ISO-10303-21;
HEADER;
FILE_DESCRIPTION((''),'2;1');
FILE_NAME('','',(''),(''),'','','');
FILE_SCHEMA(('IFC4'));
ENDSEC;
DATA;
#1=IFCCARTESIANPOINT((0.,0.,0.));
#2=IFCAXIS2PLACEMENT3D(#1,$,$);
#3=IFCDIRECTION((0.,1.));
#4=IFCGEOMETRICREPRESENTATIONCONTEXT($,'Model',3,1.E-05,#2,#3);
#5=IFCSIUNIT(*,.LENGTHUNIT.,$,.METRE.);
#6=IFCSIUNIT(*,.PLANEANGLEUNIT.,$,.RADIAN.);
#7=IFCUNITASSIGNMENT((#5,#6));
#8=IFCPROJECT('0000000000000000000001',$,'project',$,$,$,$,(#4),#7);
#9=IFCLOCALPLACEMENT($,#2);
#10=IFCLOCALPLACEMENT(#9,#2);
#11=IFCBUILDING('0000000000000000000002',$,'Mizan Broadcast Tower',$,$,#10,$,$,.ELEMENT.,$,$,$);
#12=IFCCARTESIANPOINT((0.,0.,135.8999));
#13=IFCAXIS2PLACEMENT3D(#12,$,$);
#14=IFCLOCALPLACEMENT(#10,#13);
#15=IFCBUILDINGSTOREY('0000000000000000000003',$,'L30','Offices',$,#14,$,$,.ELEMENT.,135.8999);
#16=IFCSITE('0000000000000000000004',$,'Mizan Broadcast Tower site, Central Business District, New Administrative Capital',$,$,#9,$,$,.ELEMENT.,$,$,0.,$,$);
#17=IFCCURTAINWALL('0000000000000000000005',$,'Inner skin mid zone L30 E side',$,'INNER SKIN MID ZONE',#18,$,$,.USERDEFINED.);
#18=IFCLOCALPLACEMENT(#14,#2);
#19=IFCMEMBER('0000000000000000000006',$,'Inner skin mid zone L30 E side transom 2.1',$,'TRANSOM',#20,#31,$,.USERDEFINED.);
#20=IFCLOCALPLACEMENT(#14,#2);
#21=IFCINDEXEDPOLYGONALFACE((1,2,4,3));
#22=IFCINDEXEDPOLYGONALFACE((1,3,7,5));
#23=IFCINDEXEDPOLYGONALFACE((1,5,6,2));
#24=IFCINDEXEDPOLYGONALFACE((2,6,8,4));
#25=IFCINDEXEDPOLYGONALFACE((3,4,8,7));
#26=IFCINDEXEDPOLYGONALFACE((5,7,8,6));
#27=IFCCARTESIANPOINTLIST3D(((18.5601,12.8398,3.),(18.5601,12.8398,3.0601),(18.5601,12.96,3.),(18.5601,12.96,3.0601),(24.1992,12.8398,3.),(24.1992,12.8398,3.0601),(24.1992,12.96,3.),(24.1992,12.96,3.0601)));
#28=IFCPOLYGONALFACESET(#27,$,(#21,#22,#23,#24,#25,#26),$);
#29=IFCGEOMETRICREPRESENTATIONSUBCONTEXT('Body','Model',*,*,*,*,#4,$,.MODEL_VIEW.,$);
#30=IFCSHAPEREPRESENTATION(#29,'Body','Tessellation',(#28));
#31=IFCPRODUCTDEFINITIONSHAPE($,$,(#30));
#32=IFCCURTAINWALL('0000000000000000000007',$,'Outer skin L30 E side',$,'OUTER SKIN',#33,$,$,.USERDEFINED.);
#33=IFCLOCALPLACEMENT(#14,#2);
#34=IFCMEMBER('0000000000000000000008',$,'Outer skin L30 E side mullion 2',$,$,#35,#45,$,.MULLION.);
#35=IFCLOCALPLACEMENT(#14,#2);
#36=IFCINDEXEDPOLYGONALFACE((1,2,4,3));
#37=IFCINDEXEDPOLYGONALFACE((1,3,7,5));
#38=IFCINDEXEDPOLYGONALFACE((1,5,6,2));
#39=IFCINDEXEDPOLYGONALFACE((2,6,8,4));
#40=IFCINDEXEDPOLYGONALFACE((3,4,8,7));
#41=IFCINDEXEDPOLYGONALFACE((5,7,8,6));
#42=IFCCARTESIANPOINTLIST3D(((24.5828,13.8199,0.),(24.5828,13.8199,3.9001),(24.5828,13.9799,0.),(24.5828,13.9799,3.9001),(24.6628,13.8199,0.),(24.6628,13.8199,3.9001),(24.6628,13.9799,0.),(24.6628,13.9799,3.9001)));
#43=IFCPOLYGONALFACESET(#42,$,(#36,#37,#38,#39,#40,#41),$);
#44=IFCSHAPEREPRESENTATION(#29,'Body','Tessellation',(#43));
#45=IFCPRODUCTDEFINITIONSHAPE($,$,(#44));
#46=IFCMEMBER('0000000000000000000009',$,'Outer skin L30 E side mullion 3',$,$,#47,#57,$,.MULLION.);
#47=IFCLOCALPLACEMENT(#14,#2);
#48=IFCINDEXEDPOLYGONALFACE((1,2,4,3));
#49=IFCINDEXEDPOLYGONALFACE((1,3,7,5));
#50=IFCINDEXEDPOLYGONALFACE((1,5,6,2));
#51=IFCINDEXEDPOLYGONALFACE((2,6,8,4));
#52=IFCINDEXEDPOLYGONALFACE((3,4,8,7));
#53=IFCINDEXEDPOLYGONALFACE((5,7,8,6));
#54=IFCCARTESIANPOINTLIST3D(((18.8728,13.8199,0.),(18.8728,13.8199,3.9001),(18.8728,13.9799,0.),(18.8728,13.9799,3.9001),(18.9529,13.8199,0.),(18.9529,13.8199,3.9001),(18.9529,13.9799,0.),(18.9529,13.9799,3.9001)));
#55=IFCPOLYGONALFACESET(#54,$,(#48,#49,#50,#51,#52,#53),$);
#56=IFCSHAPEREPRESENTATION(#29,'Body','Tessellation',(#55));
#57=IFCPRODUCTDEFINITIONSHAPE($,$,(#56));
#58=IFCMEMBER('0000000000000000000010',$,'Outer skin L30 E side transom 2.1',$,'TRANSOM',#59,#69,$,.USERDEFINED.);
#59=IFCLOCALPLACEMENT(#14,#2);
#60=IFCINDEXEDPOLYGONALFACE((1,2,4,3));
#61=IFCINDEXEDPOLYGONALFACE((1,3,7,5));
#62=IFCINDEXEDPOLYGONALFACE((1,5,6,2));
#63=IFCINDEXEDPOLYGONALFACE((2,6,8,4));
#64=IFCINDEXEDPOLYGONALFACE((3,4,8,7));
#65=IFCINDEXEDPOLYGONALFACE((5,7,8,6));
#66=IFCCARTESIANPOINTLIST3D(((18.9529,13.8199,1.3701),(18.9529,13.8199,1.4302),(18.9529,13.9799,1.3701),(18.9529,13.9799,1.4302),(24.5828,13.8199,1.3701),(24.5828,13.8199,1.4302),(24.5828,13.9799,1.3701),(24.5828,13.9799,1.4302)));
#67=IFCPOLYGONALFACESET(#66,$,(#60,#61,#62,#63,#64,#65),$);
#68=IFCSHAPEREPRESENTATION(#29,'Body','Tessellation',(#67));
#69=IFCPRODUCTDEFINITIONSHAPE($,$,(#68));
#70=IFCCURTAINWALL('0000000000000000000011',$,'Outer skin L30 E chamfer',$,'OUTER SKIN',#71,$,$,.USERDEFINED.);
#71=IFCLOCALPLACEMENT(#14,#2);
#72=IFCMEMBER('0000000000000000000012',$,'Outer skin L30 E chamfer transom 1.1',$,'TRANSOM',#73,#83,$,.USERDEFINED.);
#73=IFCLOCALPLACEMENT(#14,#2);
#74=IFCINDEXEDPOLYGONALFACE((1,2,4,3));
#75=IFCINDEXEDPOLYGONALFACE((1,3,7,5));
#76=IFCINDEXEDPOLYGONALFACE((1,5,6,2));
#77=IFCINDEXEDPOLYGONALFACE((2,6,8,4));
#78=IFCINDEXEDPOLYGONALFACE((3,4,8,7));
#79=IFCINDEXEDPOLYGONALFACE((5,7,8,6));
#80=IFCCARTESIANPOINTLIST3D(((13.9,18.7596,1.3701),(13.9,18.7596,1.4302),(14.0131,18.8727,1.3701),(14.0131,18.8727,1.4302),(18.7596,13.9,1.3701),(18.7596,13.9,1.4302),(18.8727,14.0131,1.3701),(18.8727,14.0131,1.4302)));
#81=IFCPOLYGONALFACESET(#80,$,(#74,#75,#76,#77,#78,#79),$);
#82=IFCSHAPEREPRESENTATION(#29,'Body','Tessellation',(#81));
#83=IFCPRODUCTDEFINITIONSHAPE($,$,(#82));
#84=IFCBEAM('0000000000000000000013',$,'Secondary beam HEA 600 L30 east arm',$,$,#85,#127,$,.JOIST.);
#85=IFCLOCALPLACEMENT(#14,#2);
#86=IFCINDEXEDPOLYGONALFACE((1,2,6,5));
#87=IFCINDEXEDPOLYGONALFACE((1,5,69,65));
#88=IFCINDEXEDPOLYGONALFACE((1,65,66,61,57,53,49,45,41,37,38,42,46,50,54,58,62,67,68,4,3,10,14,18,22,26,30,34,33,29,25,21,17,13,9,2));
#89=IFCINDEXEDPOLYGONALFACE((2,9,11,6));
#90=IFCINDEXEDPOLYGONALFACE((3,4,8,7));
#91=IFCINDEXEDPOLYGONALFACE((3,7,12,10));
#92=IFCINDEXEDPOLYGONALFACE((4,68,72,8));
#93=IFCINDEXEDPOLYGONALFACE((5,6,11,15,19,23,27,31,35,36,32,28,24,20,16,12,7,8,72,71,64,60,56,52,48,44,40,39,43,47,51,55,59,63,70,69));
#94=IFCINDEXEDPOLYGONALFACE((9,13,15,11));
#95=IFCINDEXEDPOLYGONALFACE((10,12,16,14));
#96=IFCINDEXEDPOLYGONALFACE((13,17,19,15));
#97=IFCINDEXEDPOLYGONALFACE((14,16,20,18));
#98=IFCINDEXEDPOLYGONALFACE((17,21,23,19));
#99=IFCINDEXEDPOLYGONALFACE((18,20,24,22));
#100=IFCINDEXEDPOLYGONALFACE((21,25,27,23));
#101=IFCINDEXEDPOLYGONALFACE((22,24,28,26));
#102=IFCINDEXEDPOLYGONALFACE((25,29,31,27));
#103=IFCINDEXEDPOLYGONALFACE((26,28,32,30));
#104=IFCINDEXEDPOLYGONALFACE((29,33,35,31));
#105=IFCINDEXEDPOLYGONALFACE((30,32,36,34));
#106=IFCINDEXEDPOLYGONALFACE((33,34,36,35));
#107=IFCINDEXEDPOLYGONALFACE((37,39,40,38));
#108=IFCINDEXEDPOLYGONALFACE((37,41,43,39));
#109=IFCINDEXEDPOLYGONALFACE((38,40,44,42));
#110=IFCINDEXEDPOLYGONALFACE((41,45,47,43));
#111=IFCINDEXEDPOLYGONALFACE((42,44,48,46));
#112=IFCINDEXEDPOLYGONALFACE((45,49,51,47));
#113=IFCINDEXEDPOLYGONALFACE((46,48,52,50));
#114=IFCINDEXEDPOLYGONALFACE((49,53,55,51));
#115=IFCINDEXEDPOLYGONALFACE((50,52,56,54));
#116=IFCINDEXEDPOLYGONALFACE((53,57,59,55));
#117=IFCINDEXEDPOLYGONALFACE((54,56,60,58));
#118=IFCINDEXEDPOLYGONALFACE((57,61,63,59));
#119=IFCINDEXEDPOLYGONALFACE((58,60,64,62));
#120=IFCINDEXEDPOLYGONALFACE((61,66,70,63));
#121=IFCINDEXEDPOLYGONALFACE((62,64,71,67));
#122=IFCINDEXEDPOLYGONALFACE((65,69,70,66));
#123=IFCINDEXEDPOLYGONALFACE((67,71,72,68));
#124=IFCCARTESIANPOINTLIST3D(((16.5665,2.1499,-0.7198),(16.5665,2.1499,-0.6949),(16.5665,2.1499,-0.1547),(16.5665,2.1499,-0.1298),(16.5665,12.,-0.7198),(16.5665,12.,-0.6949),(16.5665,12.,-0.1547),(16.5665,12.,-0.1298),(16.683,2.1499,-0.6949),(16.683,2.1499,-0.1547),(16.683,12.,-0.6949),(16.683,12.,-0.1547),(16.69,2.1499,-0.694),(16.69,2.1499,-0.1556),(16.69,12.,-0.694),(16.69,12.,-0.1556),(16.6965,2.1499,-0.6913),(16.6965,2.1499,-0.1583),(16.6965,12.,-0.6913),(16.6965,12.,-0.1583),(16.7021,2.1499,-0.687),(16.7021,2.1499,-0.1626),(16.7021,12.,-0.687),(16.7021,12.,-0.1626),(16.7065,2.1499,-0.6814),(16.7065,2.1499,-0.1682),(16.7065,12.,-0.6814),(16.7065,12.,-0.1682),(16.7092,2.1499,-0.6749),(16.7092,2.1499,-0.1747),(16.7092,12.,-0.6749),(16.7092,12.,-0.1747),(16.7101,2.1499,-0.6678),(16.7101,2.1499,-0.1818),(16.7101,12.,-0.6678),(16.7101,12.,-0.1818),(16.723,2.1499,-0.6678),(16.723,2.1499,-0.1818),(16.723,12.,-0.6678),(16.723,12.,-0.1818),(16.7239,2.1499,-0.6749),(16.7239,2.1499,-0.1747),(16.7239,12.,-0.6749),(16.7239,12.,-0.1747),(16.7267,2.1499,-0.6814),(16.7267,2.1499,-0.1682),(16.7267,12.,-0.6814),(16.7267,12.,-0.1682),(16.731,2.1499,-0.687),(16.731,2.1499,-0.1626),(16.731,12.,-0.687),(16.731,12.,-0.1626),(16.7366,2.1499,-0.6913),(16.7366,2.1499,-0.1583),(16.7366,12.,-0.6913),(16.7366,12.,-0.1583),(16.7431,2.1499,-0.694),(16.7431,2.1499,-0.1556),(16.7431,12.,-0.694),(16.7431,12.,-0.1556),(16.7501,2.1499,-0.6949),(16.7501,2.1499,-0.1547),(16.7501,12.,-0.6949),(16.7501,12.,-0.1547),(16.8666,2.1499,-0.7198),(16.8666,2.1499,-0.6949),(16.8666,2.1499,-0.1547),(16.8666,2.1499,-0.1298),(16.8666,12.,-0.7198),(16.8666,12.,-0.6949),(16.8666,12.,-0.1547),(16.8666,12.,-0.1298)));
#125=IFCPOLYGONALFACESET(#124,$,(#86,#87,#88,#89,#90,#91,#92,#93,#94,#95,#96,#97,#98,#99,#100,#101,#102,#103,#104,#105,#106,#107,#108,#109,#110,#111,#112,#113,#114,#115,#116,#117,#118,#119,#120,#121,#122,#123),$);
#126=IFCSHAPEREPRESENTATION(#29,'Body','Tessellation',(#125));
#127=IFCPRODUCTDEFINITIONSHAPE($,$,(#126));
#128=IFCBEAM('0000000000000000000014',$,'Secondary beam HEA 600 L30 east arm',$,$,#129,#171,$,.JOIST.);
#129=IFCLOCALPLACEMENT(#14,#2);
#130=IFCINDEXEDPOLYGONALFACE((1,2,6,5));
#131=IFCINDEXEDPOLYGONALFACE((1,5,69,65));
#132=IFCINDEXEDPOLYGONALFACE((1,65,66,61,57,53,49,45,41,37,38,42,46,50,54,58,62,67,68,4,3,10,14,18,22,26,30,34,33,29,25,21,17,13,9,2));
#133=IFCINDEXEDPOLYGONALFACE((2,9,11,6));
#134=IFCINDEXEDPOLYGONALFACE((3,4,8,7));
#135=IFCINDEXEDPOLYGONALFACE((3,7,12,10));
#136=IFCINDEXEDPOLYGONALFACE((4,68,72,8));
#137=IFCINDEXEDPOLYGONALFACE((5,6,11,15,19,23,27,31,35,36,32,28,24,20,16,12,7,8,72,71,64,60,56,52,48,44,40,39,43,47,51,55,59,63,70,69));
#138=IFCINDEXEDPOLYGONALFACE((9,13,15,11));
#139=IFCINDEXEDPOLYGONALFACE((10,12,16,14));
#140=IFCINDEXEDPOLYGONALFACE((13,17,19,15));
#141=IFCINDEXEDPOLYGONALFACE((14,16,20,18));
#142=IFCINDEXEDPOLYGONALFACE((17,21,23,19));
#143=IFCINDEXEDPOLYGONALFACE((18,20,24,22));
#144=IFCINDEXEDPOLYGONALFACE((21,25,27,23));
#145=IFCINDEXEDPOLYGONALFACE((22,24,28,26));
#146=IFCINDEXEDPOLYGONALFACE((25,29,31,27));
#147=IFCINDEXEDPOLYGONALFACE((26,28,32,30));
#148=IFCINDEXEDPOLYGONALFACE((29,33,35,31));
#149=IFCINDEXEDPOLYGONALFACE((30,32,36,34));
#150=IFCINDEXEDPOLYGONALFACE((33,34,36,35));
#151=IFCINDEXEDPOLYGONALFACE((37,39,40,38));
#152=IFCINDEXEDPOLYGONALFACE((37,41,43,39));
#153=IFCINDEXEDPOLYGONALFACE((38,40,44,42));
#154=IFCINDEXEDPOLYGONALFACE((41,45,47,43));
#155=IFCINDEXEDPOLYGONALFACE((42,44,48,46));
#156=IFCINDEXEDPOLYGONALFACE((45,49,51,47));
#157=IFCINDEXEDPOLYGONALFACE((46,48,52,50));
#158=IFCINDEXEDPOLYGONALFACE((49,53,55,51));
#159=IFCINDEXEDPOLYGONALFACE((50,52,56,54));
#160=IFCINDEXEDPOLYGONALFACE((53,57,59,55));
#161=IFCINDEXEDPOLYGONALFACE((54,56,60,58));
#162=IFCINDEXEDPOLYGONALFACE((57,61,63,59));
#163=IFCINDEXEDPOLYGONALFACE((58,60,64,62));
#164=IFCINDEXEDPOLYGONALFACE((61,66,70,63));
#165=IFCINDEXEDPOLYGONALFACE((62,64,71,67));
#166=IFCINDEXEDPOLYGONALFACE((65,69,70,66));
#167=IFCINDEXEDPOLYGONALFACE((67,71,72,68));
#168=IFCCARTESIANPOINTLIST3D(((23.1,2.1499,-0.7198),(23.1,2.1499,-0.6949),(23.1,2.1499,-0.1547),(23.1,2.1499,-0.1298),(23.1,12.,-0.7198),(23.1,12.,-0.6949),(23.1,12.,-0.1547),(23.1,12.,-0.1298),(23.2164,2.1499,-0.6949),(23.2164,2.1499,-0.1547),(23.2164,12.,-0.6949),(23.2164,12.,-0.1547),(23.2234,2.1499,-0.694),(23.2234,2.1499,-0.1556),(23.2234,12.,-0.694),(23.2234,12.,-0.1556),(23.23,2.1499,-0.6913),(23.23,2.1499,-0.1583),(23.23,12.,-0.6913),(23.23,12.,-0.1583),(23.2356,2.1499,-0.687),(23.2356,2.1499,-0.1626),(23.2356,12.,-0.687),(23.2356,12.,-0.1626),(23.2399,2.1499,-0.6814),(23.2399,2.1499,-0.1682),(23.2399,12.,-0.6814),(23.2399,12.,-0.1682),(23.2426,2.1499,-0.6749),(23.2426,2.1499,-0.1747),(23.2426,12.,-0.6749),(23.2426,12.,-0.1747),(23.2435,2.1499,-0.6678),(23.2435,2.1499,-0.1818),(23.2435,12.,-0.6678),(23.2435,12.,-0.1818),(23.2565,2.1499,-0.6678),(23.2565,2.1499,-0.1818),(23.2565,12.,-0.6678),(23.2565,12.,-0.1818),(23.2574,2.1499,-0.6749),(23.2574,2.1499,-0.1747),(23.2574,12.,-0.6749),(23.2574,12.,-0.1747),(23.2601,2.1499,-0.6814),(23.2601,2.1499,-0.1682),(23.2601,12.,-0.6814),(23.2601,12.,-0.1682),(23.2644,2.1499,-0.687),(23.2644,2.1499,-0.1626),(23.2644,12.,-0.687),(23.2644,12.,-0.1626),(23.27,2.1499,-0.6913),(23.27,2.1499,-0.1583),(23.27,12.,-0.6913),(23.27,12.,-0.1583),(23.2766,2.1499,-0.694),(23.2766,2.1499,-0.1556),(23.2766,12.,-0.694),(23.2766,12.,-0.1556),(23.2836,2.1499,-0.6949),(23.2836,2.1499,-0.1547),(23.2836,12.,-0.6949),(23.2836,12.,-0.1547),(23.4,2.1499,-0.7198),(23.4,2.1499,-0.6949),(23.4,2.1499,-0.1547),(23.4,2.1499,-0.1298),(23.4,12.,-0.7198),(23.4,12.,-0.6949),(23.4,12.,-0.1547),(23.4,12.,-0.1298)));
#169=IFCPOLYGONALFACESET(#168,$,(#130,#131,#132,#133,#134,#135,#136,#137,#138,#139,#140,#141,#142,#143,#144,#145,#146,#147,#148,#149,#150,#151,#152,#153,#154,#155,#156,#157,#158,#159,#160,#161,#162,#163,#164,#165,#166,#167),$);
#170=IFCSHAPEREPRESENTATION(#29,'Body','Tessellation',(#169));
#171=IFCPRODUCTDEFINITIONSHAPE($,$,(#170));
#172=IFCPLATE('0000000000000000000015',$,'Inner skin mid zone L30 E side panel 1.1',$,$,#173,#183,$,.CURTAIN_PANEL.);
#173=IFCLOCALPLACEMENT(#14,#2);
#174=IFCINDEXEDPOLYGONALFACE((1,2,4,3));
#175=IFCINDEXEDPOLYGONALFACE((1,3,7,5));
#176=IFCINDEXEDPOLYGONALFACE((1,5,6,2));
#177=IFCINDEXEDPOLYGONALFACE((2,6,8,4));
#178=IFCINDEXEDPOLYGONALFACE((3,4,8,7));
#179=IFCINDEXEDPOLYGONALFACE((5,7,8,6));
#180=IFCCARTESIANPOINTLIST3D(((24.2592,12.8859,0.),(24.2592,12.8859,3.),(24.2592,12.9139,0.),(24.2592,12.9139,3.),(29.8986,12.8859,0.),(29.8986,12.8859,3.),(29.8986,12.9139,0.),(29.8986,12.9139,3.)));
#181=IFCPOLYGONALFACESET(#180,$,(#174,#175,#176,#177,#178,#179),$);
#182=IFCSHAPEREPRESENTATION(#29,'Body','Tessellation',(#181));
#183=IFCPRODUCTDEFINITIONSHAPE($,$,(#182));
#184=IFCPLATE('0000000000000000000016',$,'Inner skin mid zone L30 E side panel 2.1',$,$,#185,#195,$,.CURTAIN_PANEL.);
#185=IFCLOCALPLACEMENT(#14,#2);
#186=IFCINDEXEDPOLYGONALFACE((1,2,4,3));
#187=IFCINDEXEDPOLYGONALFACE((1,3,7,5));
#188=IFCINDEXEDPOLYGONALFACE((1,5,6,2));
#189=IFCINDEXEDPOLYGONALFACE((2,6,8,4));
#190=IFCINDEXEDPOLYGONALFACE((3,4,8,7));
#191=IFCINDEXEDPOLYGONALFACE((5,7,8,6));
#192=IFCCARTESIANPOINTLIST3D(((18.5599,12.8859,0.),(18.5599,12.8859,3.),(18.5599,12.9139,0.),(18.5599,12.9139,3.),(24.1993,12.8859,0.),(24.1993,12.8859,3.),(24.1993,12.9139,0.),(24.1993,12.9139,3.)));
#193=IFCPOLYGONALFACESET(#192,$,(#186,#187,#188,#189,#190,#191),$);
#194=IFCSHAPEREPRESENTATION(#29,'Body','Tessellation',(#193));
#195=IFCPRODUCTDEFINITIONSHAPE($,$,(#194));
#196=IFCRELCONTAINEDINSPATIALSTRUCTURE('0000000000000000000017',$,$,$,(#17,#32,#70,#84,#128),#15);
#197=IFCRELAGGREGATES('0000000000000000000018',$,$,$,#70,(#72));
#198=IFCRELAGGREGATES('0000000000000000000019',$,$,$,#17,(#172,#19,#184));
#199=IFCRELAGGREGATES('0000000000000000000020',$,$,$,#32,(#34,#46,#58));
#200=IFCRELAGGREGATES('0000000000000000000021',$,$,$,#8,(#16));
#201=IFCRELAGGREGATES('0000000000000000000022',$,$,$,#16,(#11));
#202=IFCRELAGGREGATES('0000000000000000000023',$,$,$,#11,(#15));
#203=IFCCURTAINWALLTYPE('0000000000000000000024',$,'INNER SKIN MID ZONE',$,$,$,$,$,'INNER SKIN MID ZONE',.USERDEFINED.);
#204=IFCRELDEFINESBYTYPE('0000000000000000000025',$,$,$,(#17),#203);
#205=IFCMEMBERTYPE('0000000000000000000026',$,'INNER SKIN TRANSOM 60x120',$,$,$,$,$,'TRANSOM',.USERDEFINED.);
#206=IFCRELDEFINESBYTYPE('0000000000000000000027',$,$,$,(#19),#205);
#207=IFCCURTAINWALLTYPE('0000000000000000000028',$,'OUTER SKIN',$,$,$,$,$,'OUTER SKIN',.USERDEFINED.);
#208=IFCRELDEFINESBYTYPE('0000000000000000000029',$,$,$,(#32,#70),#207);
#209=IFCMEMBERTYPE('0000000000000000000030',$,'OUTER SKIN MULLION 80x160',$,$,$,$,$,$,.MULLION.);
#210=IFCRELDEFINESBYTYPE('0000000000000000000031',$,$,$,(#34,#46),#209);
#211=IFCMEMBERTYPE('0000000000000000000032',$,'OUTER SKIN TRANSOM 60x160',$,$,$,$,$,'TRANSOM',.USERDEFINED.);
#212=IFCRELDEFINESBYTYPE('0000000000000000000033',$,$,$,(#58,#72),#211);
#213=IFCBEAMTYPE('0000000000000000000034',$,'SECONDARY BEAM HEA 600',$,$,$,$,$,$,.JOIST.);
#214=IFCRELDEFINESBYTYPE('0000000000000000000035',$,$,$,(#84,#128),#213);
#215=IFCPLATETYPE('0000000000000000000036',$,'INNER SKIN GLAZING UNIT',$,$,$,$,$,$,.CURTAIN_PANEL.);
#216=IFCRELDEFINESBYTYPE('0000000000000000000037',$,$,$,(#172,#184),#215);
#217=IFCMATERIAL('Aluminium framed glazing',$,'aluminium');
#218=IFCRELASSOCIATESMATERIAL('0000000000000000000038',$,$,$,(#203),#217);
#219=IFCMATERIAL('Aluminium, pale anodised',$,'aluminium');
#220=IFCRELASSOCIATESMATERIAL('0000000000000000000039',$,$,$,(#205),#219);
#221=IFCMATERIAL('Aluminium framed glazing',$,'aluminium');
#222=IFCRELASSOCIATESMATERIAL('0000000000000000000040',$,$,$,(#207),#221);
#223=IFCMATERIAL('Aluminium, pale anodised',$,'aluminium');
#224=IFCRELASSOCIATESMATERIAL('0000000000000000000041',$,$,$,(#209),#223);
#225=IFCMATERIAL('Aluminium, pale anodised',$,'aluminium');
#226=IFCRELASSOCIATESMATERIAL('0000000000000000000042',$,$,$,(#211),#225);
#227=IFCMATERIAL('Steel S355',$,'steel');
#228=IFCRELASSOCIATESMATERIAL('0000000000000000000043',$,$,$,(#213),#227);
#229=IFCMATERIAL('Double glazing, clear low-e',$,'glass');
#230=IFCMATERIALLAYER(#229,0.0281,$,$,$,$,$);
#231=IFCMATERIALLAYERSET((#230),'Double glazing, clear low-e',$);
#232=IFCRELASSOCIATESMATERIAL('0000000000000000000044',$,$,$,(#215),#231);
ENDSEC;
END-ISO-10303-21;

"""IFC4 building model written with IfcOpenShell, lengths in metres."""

from ifc_helpers import new_model, si_unit, direction, frame, origin, origin_2d, place, context, subcontext, project, spatial, rectangle, i_section, extrude, material, layer, layer_set, material_profile, profile_set, type_object, element, aggregate, save


model = new_model("IFC4")

# Units and contexts
model_context = context("Model", 3, precision=1e-05, world=origin(), true_north=direction((0.0, 1.0)))
body_context = subcontext(model_context, "Body", "Model", "MODEL_VIEW")
ifc_project = project(units=[si_unit("LENGTHUNIT", "METRE"), si_unit("PLANEANGLEUNIT", "RADIAN")], contexts=[model_context])

# Site, building, storey
site_placement = place(None, origin())
site = spatial("IfcSite", under=ifc_project, at=site_placement, Name="Mizan Broadcast Tower site, Central Business District, New Administrative Capital", CompositionType="ELEMENT", RefElevation=0.0)
building_placement = place(site_placement, origin())
building = spatial("IfcBuilding", under=site, at=building_placement, Name="Mizan Broadcast Tower", CompositionType="ELEMENT")
storey_placement = place(building_placement, frame((0.0, 0.0, 135.8999)))
storey = spatial("IfcBuildingStorey", under=building, at=storey_placement, Name="L30", Description="Offices", CompositionType="ELEMENT", Elevation=135.8999)

# Curtain walls, members
ifc_material_1 = material(Name="Aluminium framed glazing", Category="aluminium")
curtain_wall_type_1 = type_object("IfcCurtainWallType", Name="INNER SKIN MID ZONE", ElementType="INNER SKIN MID ZONE", PredefinedType="USERDEFINED", material=ifc_material_1)
curtain_wall_1_placement = place(storey_placement, origin())
curtain_wall_1 = element("IfcCurtainWall", 1, at=curtain_wall_1_placement, inside=storey, type_object=curtain_wall_type_1, Name="Inner skin mid zone L30 E side", ObjectType="INNER SKIN MID ZONE", PredefinedType="USERDEFINED")
ifc_material_2 = material(Name="Aluminium, pale anodised", Category="aluminium")
ifc_material_profile_1 = material_profile(ifc_material_2, rectangle(XDim=0.1201, YDim=0.0601, at=origin_2d()), Name="TRANSOM 120x60")
ifc_profile_set_1 = profile_set([ifc_material_profile_1], Name="Aluminium, pale anodised")
member_type_1 = type_object("IfcMemberType", Name="INNER SKIN TRANSOM 60x120", ElementType="TRANSOM", PredefinedType="USERDEFINED", material=ifc_profile_set_1)
member_1_placement = place(storey_placement, frame((24.1992, 12.8999, 3.03), z_axis=(-1.0, 0.0, 0.0), x_axis=(0.0, -1.0, 0.0)))
member_1 = element("IfcMember", 2, at=member_1_placement, type_object=member_type_1, Name="Inner skin mid zone L30 E side transom 2.1", ObjectType="TRANSOM", PredefinedType="USERDEFINED", context=body_context, shape_type="SweptSolid", body=[
    extrude(rectangle(XDim=0.1201, YDim=0.0601, at=origin_2d()), origin(), (0.0, 0.0, 1.0), 5.6392),
])
ifc_material_3 = material(Name="Aluminium framed glazing", Category="aluminium")
curtain_wall_type_2 = type_object("IfcCurtainWallType", Name="OUTER SKIN", ElementType="OUTER SKIN", PredefinedType="USERDEFINED", material=ifc_material_3)
curtain_wall_2_placement = place(storey_placement, origin())
curtain_wall_2 = element("IfcCurtainWall", 3, at=curtain_wall_2_placement, inside=storey, type_object=curtain_wall_type_2, Name="Outer skin L30 E side", ObjectType="OUTER SKIN", PredefinedType="USERDEFINED")
ifc_material_4 = material(Name="Aluminium, pale anodised", Category="aluminium")
ifc_material_profile_2 = material_profile(ifc_material_4, rectangle(XDim=0.1599, YDim=0.0801, at=origin_2d()), Name="MULLION 160x80")
ifc_profile_set_2 = profile_set([ifc_material_profile_2], Name="Aluminium, pale anodised")
member_type_2 = type_object("IfcMemberType", Name="OUTER SKIN MULLION 80x160", PredefinedType="MULLION", material=ifc_profile_set_2)
member_2_placement = place(storey_placement, frame((24.6228, 13.8999, 0.0), z_axis=(0.0, 0.0, 1.0), x_axis=(0.0, -1.0, 0.0)))
member_2 = element("IfcMember", 4, at=member_2_placement, type_object=member_type_2, Name="Outer skin L30 E side mullion 2", PredefinedType="MULLION", context=body_context, shape_type="SweptSolid", body=[
    extrude(rectangle(XDim=0.1599, YDim=0.0801, at=origin_2d()), origin(), (0.0, 0.0, 1.0), 3.9001),
])
member_3_placement = place(storey_placement, frame((18.9128, 13.8999, 0.0), z_axis=(0.0, 0.0, 1.0), x_axis=(0.0, -1.0, 0.0)))
member_3 = element("IfcMember", 5, at=member_3_placement, type_object=member_type_2, Name="Outer skin L30 E side mullion 3", PredefinedType="MULLION", context=body_context, shape_type="SweptSolid", body=[
    extrude(rectangle(XDim=0.1599, YDim=0.0801, at=origin_2d()), origin(), (0.0, 0.0, 1.0), 3.9001),
])
ifc_material_5 = material(Name="Aluminium, pale anodised", Category="aluminium")
ifc_material_profile_3 = material_profile(ifc_material_5, rectangle(XDim=0.1599, YDim=0.0601, at=origin_2d()), Name="TRANSOM 160x60")
ifc_profile_set_3 = profile_set([ifc_material_profile_3], Name="Aluminium, pale anodised")
member_type_3 = type_object("IfcMemberType", Name="OUTER SKIN TRANSOM 60x160", ElementType="TRANSOM", PredefinedType="USERDEFINED", material=ifc_profile_set_3)
member_4_placement = place(storey_placement, frame((24.5828, 13.8999, 1.4001), z_axis=(-1.0, 0.0, 0.0), x_axis=(0.0, -1.0, 0.0)))
member_4 = element("IfcMember", 6, at=member_4_placement, type_object=member_type_3, Name="Outer skin L30 E side transom 2.1", ObjectType="TRANSOM", PredefinedType="USERDEFINED", context=body_context, shape_type="SweptSolid", body=[
    extrude(rectangle(XDim=0.1599, YDim=0.0601, at=origin_2d()), origin(), (0.0, 0.0, 1.0), 5.6299),
])

# Curtain wall, member
curtain_wall_3_placement = place(storey_placement, origin())
curtain_wall_3 = element("IfcCurtainWall", 7, at=curtain_wall_3_placement, inside=storey, type_object=curtain_wall_type_2, Name="Outer skin L30 E chamfer", ObjectType="OUTER SKIN", PredefinedType="USERDEFINED")
member_5_placement = place(storey_placement, frame((18.8162, 13.9565, 1.4001), z_axis=(-0.707107, 0.707107, 0.0), x_axis=(-0.707107, -0.707107, 0.0)))
member_5 = element("IfcMember", 8, at=member_5_placement, type_object=member_type_3, Name="Outer skin L30 E chamfer transom 1.1", ObjectType="TRANSOM", PredefinedType="USERDEFINED", context=body_context, shape_type="SweptSolid", body=[
    extrude(rectangle(XDim=0.1599, YDim=0.0601, at=origin_2d()), origin(), (0.0, 0.0, 1.0), 6.8726),
])
aggregate(curtain_wall_3, [member_5])

# Beams
ifc_material_6 = material(Name="Steel S355", Category="steel")
ifc_material_profile_4 = material_profile(ifc_material_6, i_section(OverallWidth=0.3, OverallDepth=0.5901, WebThickness=0.0129, FlangeThickness=0.0249, FilletRadius=0.0271, at=origin_2d()), Name="HEA 600")
ifc_profile_set_4 = profile_set([ifc_material_profile_4], Name="Steel S355")
beam_type_1 = type_object("IfcBeamType", Name="SECONDARY BEAM HEA 600", PredefinedType="JOIST", material=ifc_profile_set_4)
for number, where, z_axis, x_axis, name in (
    (9, (16.7166, 12.0, -0.4248), (0.0, -1.0, 0.0), (1.0, 0.0, 0.0), "Secondary beam HEA 600 L30 east arm"),
    (10, (23.25, 12.0, -0.4248), (0.0, -1.0, 0.0), (1.0, 0.0, 0.0), "Secondary beam HEA 600 L30 east arm"),
):
    element("IfcBeam", number, at=place(storey_placement, frame(where, z_axis=z_axis, x_axis=x_axis)), inside=storey, type_object=beam_type_1, Name=name, PredefinedType="JOIST", context=body_context, shape_type="SweptSolid", body=[
        extrude(i_section(OverallWidth=0.3, OverallDepth=0.5901, WebThickness=0.0129, FlangeThickness=0.0249, FilletRadius=0.0271, at=origin_2d()), origin(), (0.0, 0.0, 1.0), 9.8501),
    ])

# Plates
ifc_material_7 = material(Name="Double glazing, clear low-e", Category="glass")
ifc_layer_1 = layer(ifc_material_7, 0.0281)
ifc_layer_set_1 = layer_set([ifc_layer_1], Name="Double glazing, clear low-e")
plate_type_1 = type_object("IfcPlateType", Name="INNER SKIN GLAZING UNIT", PredefinedType="CURTAIN_PANEL", material=ifc_layer_set_1)
plate_1_placement = place(storey_placement, frame((27.0789, 12.8999, 0.0), z_axis=(0.0, 0.0, 1.0), x_axis=(-1.0, 0.0, 0.0)))
plate_1 = element("IfcPlate", 11, at=plate_1_placement, type_object=plate_type_1, Name="Inner skin mid zone L30 E side panel 1.1", PredefinedType="CURTAIN_PANEL", context=body_context, shape_type="SweptSolid", body=[
    extrude(rectangle(XDim=5.6394, YDim=0.0281, at=origin_2d()), origin(), (0.0, 0.0, 1.0), 3.0),
])
plate_2_placement = place(storey_placement, frame((21.3796, 12.8999, 0.0), z_axis=(0.0, 0.0, 1.0), x_axis=(-1.0, 0.0, 0.0)))
plate_2 = element("IfcPlate", 12, at=plate_2_placement, type_object=plate_type_1, Name="Inner skin mid zone L30 E side panel 2.1", PredefinedType="CURTAIN_PANEL", context=body_context, shape_type="SweptSolid", body=[
    extrude(rectangle(XDim=5.6394, YDim=0.0281, at=origin_2d()), origin(), (0.0, 0.0, 1.0), 3.0),
])
aggregate(curtain_wall_1, [plate_1, member_1, plate_2])
aggregate(curtain_wall_2, [member_2, member_3, member_4])

save(model, "model.ifc")
